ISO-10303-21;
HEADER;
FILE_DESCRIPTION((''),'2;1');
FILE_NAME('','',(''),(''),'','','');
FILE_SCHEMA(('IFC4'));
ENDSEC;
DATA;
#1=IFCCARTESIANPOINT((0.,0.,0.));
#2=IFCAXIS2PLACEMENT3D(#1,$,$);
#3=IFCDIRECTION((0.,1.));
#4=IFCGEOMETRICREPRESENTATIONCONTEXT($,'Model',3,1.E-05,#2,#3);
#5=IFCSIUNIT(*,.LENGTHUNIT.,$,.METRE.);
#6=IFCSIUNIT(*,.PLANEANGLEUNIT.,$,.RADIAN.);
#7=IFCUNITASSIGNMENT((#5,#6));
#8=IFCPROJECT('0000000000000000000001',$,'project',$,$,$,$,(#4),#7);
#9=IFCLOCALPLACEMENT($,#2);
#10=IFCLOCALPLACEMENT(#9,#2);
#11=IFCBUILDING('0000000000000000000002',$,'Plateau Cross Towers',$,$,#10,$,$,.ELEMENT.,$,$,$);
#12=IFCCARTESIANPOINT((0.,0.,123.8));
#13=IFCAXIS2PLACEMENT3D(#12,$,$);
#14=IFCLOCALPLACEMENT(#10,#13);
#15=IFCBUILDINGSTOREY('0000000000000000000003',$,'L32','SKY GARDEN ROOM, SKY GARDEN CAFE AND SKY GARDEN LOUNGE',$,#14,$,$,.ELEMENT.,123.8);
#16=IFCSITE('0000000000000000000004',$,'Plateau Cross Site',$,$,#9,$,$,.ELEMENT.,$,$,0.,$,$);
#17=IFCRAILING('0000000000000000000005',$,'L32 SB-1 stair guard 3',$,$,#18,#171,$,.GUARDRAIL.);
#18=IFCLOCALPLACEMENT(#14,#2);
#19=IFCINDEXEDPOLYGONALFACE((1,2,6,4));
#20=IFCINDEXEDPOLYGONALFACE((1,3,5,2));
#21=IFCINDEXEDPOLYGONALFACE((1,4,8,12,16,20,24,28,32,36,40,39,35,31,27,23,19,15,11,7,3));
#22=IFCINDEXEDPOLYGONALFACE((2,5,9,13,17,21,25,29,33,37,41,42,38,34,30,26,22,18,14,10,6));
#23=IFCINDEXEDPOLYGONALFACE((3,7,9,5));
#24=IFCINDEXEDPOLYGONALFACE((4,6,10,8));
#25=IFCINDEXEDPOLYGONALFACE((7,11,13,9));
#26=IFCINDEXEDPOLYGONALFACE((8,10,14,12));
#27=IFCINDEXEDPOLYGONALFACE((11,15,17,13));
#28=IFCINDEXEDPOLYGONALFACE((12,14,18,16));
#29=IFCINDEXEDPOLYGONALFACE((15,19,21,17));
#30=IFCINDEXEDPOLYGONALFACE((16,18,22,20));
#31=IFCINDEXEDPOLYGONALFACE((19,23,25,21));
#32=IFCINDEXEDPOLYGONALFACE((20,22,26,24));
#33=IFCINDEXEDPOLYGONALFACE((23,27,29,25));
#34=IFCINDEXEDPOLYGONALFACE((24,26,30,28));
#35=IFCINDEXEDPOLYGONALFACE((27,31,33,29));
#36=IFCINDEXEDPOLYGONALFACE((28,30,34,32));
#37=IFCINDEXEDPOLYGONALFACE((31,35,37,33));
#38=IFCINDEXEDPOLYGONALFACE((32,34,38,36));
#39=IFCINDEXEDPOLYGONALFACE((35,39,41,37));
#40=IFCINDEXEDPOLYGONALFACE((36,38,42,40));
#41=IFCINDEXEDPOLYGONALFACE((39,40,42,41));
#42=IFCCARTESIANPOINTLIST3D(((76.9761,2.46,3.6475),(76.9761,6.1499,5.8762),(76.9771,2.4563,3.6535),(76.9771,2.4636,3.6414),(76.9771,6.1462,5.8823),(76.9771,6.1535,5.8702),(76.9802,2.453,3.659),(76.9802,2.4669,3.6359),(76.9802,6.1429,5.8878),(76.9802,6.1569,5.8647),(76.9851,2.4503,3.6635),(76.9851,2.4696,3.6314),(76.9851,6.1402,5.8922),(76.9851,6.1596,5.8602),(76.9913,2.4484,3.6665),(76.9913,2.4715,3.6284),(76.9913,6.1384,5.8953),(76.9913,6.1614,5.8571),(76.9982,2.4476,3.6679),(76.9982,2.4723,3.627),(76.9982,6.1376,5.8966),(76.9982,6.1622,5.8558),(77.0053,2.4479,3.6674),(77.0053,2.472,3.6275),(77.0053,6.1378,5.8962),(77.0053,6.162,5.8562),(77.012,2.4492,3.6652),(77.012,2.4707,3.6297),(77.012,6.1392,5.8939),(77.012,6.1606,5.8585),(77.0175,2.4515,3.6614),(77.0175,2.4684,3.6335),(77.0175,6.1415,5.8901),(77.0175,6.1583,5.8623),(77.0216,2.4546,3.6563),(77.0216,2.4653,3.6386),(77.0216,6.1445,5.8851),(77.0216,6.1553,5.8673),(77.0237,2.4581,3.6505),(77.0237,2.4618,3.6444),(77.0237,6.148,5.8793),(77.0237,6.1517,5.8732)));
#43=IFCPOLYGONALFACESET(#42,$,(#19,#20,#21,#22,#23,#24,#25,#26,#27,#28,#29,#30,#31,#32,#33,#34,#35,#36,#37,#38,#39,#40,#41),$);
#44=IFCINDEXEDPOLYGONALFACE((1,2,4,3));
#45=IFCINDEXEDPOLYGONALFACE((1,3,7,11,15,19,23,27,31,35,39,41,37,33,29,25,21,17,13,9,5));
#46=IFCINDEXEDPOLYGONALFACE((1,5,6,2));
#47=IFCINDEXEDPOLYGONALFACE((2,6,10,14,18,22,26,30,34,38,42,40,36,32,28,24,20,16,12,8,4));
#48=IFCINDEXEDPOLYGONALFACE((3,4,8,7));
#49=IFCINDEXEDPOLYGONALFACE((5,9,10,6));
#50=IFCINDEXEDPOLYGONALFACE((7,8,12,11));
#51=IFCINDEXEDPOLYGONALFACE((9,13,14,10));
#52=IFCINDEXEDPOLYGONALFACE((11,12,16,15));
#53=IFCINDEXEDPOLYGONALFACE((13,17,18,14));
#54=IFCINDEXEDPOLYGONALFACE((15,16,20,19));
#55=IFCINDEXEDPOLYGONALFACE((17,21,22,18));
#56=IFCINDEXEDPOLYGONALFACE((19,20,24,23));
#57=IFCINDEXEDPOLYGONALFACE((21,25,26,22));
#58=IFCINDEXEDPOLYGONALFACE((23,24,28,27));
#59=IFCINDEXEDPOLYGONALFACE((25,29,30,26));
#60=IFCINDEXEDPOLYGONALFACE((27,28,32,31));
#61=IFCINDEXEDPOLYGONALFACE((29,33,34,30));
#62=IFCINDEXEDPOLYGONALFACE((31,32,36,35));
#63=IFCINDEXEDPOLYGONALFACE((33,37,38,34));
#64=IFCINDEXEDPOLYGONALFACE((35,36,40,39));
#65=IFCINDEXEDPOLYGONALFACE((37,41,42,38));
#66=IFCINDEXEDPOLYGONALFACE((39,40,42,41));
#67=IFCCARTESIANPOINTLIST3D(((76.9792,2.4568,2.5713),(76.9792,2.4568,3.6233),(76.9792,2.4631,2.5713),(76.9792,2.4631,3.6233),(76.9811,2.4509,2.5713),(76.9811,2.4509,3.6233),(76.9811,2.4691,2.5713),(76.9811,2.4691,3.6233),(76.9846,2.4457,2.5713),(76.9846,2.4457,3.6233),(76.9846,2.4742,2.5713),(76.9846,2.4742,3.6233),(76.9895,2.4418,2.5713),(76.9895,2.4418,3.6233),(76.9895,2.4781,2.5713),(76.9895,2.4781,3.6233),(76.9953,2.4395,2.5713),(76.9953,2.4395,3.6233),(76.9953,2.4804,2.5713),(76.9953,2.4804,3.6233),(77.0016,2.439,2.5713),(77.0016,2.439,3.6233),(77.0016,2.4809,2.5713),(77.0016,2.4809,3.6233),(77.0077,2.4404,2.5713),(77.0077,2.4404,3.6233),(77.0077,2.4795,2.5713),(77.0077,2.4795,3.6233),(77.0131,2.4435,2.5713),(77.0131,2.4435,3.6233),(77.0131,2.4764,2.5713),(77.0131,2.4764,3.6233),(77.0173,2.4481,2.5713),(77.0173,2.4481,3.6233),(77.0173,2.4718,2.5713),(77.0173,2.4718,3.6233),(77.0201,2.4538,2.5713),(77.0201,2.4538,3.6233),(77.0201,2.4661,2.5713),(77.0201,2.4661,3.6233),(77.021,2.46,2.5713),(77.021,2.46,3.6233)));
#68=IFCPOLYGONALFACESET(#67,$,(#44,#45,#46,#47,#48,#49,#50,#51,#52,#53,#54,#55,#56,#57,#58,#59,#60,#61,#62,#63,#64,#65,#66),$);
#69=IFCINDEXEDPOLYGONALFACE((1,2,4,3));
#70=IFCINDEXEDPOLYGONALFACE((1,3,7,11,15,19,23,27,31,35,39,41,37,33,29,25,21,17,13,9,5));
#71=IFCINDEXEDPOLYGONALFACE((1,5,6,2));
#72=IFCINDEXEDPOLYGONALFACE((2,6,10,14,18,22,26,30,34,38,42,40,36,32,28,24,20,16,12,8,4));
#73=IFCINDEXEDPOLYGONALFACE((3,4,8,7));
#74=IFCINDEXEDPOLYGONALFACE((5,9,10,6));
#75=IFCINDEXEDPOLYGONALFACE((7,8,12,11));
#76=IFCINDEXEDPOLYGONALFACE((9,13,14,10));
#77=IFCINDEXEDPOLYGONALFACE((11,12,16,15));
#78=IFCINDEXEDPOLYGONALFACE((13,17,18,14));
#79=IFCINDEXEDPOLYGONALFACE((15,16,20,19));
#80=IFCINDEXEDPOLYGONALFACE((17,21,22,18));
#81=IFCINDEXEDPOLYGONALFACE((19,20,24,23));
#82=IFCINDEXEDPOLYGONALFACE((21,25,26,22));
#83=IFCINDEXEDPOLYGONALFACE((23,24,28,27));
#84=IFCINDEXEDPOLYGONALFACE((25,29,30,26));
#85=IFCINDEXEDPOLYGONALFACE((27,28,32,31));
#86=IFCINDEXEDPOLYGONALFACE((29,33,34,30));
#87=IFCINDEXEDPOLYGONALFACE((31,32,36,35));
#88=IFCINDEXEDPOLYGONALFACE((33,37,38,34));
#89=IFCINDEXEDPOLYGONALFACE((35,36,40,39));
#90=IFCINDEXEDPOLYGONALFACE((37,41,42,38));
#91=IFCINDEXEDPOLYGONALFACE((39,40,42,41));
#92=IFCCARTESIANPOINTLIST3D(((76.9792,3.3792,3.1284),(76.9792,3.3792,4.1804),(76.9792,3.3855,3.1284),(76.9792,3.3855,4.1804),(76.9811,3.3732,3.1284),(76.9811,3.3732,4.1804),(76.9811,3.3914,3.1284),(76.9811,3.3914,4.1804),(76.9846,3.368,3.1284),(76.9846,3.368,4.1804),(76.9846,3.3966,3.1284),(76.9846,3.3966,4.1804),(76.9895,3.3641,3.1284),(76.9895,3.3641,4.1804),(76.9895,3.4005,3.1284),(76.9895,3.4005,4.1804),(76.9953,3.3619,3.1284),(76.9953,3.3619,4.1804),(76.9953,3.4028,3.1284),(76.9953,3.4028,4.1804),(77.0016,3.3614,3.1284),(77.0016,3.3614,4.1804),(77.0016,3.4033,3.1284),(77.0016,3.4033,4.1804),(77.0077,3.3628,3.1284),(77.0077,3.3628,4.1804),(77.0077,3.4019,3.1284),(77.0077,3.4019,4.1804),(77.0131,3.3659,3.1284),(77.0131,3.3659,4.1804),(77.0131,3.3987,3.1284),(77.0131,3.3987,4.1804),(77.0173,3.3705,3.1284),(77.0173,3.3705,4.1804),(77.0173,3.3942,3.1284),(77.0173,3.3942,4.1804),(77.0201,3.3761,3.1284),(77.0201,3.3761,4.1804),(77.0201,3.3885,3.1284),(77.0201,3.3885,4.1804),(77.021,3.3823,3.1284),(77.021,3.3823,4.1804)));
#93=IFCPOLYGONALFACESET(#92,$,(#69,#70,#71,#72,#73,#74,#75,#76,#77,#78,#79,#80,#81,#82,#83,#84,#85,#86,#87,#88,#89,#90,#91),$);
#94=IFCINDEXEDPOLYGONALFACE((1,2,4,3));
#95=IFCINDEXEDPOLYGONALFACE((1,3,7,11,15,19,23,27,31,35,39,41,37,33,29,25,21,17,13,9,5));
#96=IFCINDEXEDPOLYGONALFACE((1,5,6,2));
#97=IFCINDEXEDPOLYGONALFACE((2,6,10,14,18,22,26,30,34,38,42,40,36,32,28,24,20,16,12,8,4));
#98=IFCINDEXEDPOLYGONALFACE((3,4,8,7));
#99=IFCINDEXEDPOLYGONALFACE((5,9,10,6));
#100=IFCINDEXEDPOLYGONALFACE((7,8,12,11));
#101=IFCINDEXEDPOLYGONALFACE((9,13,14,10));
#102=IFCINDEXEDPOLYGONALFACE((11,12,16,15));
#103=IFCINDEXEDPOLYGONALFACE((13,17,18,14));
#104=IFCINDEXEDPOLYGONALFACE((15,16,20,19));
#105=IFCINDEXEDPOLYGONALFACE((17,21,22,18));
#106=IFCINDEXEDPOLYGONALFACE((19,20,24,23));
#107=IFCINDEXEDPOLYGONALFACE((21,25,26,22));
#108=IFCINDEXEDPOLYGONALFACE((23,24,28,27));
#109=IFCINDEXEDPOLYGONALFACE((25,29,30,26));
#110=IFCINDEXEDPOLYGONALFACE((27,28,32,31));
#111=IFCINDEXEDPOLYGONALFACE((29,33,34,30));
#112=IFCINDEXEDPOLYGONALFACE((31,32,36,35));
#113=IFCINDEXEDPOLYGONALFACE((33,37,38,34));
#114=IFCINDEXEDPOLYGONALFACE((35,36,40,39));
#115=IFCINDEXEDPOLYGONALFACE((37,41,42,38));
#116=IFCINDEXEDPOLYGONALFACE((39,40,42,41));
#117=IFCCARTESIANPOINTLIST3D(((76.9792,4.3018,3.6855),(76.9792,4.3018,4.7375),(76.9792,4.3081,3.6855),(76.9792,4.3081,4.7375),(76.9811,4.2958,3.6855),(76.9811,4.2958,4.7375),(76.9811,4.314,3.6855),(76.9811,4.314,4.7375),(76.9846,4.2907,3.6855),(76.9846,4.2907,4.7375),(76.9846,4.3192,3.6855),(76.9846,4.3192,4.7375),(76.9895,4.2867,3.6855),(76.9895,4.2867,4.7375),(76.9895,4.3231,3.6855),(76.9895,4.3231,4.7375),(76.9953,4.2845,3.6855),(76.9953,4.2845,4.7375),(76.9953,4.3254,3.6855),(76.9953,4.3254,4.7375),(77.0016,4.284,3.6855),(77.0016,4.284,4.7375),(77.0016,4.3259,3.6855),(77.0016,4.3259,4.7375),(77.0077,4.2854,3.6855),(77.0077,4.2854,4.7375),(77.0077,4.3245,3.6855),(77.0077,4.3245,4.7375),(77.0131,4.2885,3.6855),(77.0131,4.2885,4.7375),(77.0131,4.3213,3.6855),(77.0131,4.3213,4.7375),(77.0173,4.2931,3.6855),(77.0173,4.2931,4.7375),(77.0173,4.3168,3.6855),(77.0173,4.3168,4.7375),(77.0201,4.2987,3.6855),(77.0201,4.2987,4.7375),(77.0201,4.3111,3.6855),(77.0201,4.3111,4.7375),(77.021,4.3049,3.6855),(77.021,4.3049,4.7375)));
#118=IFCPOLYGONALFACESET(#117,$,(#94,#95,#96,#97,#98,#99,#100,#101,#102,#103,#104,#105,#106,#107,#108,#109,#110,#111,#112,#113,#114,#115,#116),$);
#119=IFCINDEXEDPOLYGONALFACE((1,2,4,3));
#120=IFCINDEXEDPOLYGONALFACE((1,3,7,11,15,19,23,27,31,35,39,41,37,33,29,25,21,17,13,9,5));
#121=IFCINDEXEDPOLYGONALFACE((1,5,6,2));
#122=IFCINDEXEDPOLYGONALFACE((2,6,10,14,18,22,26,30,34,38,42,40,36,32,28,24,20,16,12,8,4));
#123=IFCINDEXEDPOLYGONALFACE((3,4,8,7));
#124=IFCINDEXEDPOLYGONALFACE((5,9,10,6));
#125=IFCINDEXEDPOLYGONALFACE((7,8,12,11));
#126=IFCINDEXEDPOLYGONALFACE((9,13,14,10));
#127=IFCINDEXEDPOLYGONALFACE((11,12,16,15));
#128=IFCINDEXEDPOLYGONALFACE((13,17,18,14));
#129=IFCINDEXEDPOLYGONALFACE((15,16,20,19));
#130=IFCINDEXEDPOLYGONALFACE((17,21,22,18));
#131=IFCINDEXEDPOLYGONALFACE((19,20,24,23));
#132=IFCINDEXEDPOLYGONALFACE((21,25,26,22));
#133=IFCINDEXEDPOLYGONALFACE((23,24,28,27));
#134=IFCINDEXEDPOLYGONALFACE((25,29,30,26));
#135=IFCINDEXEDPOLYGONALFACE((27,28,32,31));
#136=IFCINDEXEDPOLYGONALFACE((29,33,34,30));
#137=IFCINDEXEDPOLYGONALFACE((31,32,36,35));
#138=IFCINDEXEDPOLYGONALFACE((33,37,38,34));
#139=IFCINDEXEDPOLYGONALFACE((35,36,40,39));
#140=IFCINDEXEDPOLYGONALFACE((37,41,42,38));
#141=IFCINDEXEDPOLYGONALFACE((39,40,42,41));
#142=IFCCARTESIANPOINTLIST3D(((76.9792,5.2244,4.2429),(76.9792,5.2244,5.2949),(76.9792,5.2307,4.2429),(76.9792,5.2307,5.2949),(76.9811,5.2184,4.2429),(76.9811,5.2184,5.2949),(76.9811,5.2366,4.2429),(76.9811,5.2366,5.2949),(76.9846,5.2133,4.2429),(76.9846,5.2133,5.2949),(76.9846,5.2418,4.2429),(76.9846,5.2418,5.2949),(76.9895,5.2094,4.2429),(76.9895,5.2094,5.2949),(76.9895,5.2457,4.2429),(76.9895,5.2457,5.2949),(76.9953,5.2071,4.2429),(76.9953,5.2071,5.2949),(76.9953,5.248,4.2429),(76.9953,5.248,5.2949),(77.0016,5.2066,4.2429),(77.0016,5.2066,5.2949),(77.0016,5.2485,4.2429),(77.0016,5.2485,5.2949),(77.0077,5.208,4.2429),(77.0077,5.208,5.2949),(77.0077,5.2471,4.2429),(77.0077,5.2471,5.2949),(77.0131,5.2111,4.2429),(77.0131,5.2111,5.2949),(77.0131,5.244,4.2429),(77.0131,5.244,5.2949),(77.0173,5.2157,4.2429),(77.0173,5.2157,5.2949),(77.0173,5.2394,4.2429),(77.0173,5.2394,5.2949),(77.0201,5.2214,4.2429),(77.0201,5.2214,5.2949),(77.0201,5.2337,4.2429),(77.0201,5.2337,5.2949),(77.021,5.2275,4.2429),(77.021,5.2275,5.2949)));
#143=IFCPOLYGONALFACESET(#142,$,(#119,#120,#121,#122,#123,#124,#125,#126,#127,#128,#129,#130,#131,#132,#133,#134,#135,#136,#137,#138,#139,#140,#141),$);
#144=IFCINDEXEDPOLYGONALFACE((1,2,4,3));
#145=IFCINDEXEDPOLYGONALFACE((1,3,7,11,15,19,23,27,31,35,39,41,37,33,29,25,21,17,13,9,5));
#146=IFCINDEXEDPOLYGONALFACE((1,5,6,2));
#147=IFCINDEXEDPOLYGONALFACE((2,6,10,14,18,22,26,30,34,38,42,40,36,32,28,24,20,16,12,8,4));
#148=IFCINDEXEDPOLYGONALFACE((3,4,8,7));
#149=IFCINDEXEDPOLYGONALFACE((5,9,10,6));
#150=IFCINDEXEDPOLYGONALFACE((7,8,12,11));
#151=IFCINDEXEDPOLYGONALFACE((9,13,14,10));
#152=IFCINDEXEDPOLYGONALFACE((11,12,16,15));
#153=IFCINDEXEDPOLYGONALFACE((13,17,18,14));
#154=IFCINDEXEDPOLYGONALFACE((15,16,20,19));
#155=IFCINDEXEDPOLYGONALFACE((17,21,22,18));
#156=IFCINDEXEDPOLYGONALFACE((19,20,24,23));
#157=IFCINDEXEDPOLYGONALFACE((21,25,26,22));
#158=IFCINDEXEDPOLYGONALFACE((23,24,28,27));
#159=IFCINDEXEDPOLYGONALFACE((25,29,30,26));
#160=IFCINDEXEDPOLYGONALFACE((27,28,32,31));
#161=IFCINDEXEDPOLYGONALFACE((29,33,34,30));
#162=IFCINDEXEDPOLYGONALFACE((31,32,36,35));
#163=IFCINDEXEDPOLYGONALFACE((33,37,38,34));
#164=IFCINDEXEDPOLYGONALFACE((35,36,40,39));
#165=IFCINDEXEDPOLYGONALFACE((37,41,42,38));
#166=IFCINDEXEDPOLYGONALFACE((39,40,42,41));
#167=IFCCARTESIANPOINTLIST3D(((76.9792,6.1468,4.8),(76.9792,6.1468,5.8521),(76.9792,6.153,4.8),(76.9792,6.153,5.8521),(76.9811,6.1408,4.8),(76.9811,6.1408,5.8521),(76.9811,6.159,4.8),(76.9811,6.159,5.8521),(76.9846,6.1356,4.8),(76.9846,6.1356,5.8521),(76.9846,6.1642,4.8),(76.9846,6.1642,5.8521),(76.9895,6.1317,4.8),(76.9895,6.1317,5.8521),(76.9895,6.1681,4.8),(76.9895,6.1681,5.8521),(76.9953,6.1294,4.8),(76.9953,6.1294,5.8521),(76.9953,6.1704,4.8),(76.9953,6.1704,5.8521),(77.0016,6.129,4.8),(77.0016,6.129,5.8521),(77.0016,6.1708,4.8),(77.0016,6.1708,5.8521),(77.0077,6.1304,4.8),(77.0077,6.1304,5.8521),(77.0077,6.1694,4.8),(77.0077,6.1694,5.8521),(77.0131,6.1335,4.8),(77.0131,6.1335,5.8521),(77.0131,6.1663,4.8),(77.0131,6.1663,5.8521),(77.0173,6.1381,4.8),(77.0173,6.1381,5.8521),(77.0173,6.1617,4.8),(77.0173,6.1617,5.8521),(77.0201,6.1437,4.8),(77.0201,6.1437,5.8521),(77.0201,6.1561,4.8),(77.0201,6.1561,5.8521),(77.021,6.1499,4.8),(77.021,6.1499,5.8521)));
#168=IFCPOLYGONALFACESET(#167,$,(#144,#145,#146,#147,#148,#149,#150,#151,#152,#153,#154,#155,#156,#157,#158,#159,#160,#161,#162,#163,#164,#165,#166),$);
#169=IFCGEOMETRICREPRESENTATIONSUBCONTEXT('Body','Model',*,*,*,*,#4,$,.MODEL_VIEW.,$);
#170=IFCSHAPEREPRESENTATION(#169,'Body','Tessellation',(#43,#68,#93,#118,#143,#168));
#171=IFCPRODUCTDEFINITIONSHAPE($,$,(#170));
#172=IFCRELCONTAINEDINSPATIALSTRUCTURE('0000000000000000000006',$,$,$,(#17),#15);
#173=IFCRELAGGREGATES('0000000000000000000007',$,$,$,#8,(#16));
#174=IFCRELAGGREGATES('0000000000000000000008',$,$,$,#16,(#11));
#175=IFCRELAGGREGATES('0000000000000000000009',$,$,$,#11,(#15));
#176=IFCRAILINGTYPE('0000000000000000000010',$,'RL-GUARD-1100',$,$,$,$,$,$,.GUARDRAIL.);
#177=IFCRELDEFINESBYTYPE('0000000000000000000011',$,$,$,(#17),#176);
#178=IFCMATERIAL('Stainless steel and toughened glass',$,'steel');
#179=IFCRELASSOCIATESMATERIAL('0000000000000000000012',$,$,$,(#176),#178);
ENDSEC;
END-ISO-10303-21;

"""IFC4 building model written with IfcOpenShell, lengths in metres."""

from ifc_helpers import new_model, si_unit, direction, frame, origin, origin_2d, place, context, subcontext, project, spatial, circle, extrude, material, type_object, element, save


model = new_model("IFC4")

# Units and contexts
model_context = context("Model", 3, precision=1e-05, world=origin(), true_north=direction((0.0, 1.0)))
body_context = subcontext(model_context, "Body", "Model", "MODEL_VIEW")
ifc_project = project(units=[si_unit("LENGTHUNIT", "METRE"), si_unit("PLANEANGLEUNIT", "RADIAN")], contexts=[model_context])

# Site, building, storey
site_placement = place(None, origin())
site = spatial("IfcSite", under=ifc_project, at=site_placement, Name="Plateau Cross Site", CompositionType="ELEMENT", RefElevation=0.0)
building_placement = place(site_placement, origin())
building = spatial("IfcBuilding", under=site, at=building_placement, Name="Plateau Cross Towers", CompositionType="ELEMENT")
storey_placement = place(building_placement, frame((0.0, 0.0, 123.8)))
storey = spatial("IfcBuildingStorey", under=building, at=storey_placement, Name="L32", Description="SKY GARDEN ROOM, SKY GARDEN CAFE AND SKY GARDEN LOUNGE", CompositionType="ELEMENT", Elevation=123.8)

# Railing
ifc_material_1 = material(Name="Stainless steel and toughened glass", Category="steel")
railing_type_1 = type_object("IfcRailingType", Name="RL-GUARD-1100", PredefinedType="GUARDRAIL", material=ifc_material_1)
railing_1_placement = place(storey_placement, frame((77.0, 2.46, 2.5713)))
element("IfcRailing", 1, at=railing_1_placement, inside=storey, type_object=railing_type_1, Name="L32 SB-1 stair guard 3", PredefinedType="GUARDRAIL", context=body_context, shape_type="SweptSolid", body=[
    extrude(circle(Radius=0.0239, at=origin_2d()), frame((0.0, 0.0, 1.0762), z_axis=(0.0, 0.855975, 0.517017), x_axis=(-1.0, 0.0, 0.0)), (0.0, 0.0, 1.0), 4.3108),
    extrude(circle(Radius=0.021, at=origin_2d()), origin(), (0.0, 0.0, 1.0), 1.052),
    extrude(circle(Radius=0.021, at=origin_2d()), frame((0.0, 0.9224, 0.5571)), (0.0, 0.0, 1.0), 1.052),
    extrude(circle(Radius=0.021, at=origin_2d()), frame((0.0, 1.845, 1.1143)), (0.0, 0.0, 1.0), 1.052),
    extrude(circle(Radius=0.021, at=origin_2d()), frame((0.0, 2.7676, 1.6716)), (0.0, 0.0, 1.0), 1.052),
    extrude(circle(Radius=0.021, at=origin_2d()), frame((0.0, 3.6899, 2.2288)), (0.0, 0.0, 1.0), 1.052),
])

save(model, "model.ifc")
